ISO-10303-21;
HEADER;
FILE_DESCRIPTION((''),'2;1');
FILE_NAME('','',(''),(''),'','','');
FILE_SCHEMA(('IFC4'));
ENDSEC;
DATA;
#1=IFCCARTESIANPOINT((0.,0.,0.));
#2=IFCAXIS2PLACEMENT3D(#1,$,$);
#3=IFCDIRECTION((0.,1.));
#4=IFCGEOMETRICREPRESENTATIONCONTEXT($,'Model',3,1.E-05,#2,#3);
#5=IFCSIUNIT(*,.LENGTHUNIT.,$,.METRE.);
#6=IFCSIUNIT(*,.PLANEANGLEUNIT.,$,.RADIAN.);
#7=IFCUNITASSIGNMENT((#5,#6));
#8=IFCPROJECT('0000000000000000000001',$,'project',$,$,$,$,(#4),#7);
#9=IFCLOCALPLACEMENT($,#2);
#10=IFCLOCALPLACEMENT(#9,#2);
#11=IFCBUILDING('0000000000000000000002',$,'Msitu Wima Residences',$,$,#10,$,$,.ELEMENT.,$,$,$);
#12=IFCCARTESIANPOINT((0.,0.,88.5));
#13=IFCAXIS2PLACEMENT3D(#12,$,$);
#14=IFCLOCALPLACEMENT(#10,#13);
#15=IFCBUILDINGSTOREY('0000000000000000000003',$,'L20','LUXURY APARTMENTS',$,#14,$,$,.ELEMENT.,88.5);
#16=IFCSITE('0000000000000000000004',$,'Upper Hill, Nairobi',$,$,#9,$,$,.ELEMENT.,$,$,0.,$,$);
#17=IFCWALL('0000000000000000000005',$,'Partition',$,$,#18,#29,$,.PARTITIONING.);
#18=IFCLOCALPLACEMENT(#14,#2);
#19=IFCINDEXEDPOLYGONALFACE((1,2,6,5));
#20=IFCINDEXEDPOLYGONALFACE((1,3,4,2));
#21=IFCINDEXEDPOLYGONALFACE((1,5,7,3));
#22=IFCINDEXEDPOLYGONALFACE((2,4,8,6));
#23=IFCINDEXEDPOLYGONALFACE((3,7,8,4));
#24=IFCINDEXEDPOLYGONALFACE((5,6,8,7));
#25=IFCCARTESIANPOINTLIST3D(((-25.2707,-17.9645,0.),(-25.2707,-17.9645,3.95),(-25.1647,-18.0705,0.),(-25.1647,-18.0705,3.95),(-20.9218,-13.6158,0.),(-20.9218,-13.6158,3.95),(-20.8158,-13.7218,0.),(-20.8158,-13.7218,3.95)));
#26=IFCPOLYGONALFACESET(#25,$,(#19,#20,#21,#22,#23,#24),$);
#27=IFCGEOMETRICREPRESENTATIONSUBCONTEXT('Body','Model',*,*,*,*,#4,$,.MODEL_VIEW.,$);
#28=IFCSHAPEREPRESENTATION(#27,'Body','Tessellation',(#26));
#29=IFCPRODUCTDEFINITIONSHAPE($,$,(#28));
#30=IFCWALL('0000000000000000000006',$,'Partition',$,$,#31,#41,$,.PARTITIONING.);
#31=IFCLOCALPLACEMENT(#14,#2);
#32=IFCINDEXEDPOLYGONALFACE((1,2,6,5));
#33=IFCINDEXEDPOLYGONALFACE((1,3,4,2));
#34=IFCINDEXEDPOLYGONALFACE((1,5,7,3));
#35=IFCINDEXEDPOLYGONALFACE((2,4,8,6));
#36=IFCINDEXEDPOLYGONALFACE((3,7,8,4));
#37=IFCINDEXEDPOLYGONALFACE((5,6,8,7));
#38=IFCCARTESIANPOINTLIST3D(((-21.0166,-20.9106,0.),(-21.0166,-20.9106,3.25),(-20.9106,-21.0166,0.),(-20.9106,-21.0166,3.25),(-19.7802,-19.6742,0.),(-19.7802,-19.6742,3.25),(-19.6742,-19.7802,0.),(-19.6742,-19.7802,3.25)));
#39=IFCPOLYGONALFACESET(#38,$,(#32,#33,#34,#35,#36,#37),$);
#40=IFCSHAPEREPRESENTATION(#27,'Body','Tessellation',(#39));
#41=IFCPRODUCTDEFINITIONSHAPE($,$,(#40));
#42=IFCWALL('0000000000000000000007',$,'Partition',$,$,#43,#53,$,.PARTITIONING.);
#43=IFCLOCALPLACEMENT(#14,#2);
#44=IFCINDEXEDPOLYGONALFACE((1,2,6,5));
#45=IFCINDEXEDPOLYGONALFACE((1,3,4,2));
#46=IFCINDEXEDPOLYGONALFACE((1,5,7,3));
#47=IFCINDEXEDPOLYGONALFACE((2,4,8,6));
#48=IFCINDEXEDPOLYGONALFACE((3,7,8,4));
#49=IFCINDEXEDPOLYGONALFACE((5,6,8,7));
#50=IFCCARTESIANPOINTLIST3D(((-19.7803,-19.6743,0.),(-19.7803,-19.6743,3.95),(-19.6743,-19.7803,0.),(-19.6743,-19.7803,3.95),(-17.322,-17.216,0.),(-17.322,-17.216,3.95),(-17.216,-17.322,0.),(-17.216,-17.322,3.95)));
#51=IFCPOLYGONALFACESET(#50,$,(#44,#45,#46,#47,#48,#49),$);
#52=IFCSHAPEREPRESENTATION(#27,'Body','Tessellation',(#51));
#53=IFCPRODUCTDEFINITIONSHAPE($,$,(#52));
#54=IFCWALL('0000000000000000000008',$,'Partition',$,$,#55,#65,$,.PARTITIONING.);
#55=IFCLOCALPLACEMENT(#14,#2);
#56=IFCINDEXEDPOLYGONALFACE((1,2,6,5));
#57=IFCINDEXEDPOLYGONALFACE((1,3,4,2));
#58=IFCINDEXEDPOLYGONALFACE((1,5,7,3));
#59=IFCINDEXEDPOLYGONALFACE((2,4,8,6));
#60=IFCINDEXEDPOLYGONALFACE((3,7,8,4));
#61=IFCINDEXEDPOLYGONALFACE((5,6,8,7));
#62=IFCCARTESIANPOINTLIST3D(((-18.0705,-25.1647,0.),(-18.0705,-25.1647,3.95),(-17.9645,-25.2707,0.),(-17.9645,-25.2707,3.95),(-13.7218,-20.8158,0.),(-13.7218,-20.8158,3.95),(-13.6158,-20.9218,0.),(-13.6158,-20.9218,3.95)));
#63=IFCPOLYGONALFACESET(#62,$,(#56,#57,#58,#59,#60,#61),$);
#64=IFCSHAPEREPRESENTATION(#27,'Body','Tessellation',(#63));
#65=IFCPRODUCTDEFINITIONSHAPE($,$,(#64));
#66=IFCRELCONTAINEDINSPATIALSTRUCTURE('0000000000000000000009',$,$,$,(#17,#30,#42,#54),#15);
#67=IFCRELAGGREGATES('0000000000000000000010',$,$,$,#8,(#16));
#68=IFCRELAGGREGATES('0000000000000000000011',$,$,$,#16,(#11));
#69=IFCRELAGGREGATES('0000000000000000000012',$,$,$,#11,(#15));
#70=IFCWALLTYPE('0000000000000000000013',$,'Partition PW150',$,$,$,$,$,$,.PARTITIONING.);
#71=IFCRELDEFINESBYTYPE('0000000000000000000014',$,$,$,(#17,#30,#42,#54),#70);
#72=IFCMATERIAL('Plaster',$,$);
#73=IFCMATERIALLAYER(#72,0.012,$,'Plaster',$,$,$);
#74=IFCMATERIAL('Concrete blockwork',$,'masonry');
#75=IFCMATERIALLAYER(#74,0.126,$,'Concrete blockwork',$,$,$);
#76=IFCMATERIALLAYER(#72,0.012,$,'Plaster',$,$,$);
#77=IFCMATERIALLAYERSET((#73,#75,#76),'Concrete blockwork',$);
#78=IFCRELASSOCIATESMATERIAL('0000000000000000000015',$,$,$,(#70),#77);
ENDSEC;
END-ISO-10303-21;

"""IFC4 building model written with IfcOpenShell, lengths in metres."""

from ifc_helpers import new_model, si_unit, direction, frame, frame_2d, origin, place, context, subcontext, project, spatial, rectangle, extrude, material, layer, layer_set, type_object, element, save


model = new_model("IFC4")

# Units and contexts
model_context = context("Model", 3, precision=1e-05, world=origin(), true_north=direction((0.0, 1.0)))
body_context = subcontext(model_context, "Body", "Model", "MODEL_VIEW")
ifc_project = project(units=[si_unit("LENGTHUNIT", "METRE"), si_unit("PLANEANGLEUNIT", "RADIAN")], contexts=[model_context])

# Site, building, storey
site_placement = place(None, origin())
site = spatial("IfcSite", under=ifc_project, at=site_placement, Name="Upper Hill, Nairobi", CompositionType="ELEMENT", RefElevation=0.0)
building_placement = place(site_placement, origin())
building = spatial("IfcBuilding", under=site, at=building_placement, Name="Msitu Wima Residences", CompositionType="ELEMENT")
storey_placement = place(building_placement, frame((0.0, 0.0, 88.5)))
storey = spatial("IfcBuildingStorey", under=building, at=storey_placement, Name="L20", Description="LUXURY APARTMENTS", CompositionType="ELEMENT", Elevation=88.5)

# Shared definitions
ifc_material_1 = material(Name="Plaster")
ifc_material_2 = material(Name="Concrete blockwork", Category="masonry")

# Walls
ifc_layer_1 = layer(ifc_material_1, 0.012, Name="Plaster")
ifc_layer_2 = layer(ifc_material_2, 0.126, Name="Concrete blockwork")
ifc_layer_3 = layer(ifc_material_1, 0.012, Name="Plaster")
ifc_layer_set_1 = layer_set([ifc_layer_1, ifc_layer_2, ifc_layer_3], Name="Concrete blockwork")
wall_type_1 = type_object("IfcWallType", Name="Partition PW150", PredefinedType="PARTITIONING", material=ifc_layer_set_1)
wall_1_placement = place(storey_placement, frame((-25.2178, -18.0176, 0.0), z_axis=(0.0, 0.0, 1.0), x_axis=(0.707127, 0.707087, 0.0)))
element("IfcWall", 1, at=wall_1_placement, inside=storey, type_object=wall_type_1, Name="Partition", PredefinedType="PARTITIONING", context=body_context, shape_type="SweptSolid", body=[
    extrude(rectangle(XDim=6.1501, YDim=0.1499, at=frame_2d((3.0752, 0.0))), origin(), (0.0, 0.0, 1.0), 3.95),
])
wall_2_placement = place(storey_placement, frame((-20.9636, -20.9636, 0.0), z_axis=(0.0, 0.0, 1.0), x_axis=(0.707107, 0.707107, 0.0)))
element("IfcWall", 2, at=wall_2_placement, inside=storey, type_object=wall_type_1, Name="Partition", PredefinedType="PARTITIONING", context=body_context, shape_type="SweptSolid", body=[
    extrude(rectangle(XDim=1.7485, YDim=0.1499, at=frame_2d((0.8743, 0.0))), origin(), (0.0, 0.0, 1.0), 3.25),
])
wall_3_placement = place(storey_placement, frame((-19.7273, -19.7273, 0.0), z_axis=(0.0, 0.0, 1.0), x_axis=(0.707107, 0.707107, 0.0)))
element("IfcWall", 3, at=wall_3_placement, inside=storey, type_object=wall_type_1, Name="Partition", PredefinedType="PARTITIONING", context=body_context, shape_type="SweptSolid", body=[
    extrude(rectangle(XDim=3.4766, YDim=0.1499, at=frame_2d((1.7383, 0.0))), origin(), (0.0, 0.0, 1.0), 3.95),
])
wall_4_placement = place(storey_placement, frame((-18.0176, -25.2178, 0.0), z_axis=(0.0, 0.0, 1.0), x_axis=(0.707087, 0.707127, 0.0)))
element("IfcWall", 4, at=wall_4_placement, inside=storey, type_object=wall_type_1, Name="Partition", PredefinedType="PARTITIONING", context=body_context, shape_type="SweptSolid", body=[
    extrude(rectangle(XDim=6.1501, YDim=0.1499, at=frame_2d((3.0752, 0.0))), origin(), (0.0, 0.0, 1.0), 3.95),
])

save(model, "model.ifc")
